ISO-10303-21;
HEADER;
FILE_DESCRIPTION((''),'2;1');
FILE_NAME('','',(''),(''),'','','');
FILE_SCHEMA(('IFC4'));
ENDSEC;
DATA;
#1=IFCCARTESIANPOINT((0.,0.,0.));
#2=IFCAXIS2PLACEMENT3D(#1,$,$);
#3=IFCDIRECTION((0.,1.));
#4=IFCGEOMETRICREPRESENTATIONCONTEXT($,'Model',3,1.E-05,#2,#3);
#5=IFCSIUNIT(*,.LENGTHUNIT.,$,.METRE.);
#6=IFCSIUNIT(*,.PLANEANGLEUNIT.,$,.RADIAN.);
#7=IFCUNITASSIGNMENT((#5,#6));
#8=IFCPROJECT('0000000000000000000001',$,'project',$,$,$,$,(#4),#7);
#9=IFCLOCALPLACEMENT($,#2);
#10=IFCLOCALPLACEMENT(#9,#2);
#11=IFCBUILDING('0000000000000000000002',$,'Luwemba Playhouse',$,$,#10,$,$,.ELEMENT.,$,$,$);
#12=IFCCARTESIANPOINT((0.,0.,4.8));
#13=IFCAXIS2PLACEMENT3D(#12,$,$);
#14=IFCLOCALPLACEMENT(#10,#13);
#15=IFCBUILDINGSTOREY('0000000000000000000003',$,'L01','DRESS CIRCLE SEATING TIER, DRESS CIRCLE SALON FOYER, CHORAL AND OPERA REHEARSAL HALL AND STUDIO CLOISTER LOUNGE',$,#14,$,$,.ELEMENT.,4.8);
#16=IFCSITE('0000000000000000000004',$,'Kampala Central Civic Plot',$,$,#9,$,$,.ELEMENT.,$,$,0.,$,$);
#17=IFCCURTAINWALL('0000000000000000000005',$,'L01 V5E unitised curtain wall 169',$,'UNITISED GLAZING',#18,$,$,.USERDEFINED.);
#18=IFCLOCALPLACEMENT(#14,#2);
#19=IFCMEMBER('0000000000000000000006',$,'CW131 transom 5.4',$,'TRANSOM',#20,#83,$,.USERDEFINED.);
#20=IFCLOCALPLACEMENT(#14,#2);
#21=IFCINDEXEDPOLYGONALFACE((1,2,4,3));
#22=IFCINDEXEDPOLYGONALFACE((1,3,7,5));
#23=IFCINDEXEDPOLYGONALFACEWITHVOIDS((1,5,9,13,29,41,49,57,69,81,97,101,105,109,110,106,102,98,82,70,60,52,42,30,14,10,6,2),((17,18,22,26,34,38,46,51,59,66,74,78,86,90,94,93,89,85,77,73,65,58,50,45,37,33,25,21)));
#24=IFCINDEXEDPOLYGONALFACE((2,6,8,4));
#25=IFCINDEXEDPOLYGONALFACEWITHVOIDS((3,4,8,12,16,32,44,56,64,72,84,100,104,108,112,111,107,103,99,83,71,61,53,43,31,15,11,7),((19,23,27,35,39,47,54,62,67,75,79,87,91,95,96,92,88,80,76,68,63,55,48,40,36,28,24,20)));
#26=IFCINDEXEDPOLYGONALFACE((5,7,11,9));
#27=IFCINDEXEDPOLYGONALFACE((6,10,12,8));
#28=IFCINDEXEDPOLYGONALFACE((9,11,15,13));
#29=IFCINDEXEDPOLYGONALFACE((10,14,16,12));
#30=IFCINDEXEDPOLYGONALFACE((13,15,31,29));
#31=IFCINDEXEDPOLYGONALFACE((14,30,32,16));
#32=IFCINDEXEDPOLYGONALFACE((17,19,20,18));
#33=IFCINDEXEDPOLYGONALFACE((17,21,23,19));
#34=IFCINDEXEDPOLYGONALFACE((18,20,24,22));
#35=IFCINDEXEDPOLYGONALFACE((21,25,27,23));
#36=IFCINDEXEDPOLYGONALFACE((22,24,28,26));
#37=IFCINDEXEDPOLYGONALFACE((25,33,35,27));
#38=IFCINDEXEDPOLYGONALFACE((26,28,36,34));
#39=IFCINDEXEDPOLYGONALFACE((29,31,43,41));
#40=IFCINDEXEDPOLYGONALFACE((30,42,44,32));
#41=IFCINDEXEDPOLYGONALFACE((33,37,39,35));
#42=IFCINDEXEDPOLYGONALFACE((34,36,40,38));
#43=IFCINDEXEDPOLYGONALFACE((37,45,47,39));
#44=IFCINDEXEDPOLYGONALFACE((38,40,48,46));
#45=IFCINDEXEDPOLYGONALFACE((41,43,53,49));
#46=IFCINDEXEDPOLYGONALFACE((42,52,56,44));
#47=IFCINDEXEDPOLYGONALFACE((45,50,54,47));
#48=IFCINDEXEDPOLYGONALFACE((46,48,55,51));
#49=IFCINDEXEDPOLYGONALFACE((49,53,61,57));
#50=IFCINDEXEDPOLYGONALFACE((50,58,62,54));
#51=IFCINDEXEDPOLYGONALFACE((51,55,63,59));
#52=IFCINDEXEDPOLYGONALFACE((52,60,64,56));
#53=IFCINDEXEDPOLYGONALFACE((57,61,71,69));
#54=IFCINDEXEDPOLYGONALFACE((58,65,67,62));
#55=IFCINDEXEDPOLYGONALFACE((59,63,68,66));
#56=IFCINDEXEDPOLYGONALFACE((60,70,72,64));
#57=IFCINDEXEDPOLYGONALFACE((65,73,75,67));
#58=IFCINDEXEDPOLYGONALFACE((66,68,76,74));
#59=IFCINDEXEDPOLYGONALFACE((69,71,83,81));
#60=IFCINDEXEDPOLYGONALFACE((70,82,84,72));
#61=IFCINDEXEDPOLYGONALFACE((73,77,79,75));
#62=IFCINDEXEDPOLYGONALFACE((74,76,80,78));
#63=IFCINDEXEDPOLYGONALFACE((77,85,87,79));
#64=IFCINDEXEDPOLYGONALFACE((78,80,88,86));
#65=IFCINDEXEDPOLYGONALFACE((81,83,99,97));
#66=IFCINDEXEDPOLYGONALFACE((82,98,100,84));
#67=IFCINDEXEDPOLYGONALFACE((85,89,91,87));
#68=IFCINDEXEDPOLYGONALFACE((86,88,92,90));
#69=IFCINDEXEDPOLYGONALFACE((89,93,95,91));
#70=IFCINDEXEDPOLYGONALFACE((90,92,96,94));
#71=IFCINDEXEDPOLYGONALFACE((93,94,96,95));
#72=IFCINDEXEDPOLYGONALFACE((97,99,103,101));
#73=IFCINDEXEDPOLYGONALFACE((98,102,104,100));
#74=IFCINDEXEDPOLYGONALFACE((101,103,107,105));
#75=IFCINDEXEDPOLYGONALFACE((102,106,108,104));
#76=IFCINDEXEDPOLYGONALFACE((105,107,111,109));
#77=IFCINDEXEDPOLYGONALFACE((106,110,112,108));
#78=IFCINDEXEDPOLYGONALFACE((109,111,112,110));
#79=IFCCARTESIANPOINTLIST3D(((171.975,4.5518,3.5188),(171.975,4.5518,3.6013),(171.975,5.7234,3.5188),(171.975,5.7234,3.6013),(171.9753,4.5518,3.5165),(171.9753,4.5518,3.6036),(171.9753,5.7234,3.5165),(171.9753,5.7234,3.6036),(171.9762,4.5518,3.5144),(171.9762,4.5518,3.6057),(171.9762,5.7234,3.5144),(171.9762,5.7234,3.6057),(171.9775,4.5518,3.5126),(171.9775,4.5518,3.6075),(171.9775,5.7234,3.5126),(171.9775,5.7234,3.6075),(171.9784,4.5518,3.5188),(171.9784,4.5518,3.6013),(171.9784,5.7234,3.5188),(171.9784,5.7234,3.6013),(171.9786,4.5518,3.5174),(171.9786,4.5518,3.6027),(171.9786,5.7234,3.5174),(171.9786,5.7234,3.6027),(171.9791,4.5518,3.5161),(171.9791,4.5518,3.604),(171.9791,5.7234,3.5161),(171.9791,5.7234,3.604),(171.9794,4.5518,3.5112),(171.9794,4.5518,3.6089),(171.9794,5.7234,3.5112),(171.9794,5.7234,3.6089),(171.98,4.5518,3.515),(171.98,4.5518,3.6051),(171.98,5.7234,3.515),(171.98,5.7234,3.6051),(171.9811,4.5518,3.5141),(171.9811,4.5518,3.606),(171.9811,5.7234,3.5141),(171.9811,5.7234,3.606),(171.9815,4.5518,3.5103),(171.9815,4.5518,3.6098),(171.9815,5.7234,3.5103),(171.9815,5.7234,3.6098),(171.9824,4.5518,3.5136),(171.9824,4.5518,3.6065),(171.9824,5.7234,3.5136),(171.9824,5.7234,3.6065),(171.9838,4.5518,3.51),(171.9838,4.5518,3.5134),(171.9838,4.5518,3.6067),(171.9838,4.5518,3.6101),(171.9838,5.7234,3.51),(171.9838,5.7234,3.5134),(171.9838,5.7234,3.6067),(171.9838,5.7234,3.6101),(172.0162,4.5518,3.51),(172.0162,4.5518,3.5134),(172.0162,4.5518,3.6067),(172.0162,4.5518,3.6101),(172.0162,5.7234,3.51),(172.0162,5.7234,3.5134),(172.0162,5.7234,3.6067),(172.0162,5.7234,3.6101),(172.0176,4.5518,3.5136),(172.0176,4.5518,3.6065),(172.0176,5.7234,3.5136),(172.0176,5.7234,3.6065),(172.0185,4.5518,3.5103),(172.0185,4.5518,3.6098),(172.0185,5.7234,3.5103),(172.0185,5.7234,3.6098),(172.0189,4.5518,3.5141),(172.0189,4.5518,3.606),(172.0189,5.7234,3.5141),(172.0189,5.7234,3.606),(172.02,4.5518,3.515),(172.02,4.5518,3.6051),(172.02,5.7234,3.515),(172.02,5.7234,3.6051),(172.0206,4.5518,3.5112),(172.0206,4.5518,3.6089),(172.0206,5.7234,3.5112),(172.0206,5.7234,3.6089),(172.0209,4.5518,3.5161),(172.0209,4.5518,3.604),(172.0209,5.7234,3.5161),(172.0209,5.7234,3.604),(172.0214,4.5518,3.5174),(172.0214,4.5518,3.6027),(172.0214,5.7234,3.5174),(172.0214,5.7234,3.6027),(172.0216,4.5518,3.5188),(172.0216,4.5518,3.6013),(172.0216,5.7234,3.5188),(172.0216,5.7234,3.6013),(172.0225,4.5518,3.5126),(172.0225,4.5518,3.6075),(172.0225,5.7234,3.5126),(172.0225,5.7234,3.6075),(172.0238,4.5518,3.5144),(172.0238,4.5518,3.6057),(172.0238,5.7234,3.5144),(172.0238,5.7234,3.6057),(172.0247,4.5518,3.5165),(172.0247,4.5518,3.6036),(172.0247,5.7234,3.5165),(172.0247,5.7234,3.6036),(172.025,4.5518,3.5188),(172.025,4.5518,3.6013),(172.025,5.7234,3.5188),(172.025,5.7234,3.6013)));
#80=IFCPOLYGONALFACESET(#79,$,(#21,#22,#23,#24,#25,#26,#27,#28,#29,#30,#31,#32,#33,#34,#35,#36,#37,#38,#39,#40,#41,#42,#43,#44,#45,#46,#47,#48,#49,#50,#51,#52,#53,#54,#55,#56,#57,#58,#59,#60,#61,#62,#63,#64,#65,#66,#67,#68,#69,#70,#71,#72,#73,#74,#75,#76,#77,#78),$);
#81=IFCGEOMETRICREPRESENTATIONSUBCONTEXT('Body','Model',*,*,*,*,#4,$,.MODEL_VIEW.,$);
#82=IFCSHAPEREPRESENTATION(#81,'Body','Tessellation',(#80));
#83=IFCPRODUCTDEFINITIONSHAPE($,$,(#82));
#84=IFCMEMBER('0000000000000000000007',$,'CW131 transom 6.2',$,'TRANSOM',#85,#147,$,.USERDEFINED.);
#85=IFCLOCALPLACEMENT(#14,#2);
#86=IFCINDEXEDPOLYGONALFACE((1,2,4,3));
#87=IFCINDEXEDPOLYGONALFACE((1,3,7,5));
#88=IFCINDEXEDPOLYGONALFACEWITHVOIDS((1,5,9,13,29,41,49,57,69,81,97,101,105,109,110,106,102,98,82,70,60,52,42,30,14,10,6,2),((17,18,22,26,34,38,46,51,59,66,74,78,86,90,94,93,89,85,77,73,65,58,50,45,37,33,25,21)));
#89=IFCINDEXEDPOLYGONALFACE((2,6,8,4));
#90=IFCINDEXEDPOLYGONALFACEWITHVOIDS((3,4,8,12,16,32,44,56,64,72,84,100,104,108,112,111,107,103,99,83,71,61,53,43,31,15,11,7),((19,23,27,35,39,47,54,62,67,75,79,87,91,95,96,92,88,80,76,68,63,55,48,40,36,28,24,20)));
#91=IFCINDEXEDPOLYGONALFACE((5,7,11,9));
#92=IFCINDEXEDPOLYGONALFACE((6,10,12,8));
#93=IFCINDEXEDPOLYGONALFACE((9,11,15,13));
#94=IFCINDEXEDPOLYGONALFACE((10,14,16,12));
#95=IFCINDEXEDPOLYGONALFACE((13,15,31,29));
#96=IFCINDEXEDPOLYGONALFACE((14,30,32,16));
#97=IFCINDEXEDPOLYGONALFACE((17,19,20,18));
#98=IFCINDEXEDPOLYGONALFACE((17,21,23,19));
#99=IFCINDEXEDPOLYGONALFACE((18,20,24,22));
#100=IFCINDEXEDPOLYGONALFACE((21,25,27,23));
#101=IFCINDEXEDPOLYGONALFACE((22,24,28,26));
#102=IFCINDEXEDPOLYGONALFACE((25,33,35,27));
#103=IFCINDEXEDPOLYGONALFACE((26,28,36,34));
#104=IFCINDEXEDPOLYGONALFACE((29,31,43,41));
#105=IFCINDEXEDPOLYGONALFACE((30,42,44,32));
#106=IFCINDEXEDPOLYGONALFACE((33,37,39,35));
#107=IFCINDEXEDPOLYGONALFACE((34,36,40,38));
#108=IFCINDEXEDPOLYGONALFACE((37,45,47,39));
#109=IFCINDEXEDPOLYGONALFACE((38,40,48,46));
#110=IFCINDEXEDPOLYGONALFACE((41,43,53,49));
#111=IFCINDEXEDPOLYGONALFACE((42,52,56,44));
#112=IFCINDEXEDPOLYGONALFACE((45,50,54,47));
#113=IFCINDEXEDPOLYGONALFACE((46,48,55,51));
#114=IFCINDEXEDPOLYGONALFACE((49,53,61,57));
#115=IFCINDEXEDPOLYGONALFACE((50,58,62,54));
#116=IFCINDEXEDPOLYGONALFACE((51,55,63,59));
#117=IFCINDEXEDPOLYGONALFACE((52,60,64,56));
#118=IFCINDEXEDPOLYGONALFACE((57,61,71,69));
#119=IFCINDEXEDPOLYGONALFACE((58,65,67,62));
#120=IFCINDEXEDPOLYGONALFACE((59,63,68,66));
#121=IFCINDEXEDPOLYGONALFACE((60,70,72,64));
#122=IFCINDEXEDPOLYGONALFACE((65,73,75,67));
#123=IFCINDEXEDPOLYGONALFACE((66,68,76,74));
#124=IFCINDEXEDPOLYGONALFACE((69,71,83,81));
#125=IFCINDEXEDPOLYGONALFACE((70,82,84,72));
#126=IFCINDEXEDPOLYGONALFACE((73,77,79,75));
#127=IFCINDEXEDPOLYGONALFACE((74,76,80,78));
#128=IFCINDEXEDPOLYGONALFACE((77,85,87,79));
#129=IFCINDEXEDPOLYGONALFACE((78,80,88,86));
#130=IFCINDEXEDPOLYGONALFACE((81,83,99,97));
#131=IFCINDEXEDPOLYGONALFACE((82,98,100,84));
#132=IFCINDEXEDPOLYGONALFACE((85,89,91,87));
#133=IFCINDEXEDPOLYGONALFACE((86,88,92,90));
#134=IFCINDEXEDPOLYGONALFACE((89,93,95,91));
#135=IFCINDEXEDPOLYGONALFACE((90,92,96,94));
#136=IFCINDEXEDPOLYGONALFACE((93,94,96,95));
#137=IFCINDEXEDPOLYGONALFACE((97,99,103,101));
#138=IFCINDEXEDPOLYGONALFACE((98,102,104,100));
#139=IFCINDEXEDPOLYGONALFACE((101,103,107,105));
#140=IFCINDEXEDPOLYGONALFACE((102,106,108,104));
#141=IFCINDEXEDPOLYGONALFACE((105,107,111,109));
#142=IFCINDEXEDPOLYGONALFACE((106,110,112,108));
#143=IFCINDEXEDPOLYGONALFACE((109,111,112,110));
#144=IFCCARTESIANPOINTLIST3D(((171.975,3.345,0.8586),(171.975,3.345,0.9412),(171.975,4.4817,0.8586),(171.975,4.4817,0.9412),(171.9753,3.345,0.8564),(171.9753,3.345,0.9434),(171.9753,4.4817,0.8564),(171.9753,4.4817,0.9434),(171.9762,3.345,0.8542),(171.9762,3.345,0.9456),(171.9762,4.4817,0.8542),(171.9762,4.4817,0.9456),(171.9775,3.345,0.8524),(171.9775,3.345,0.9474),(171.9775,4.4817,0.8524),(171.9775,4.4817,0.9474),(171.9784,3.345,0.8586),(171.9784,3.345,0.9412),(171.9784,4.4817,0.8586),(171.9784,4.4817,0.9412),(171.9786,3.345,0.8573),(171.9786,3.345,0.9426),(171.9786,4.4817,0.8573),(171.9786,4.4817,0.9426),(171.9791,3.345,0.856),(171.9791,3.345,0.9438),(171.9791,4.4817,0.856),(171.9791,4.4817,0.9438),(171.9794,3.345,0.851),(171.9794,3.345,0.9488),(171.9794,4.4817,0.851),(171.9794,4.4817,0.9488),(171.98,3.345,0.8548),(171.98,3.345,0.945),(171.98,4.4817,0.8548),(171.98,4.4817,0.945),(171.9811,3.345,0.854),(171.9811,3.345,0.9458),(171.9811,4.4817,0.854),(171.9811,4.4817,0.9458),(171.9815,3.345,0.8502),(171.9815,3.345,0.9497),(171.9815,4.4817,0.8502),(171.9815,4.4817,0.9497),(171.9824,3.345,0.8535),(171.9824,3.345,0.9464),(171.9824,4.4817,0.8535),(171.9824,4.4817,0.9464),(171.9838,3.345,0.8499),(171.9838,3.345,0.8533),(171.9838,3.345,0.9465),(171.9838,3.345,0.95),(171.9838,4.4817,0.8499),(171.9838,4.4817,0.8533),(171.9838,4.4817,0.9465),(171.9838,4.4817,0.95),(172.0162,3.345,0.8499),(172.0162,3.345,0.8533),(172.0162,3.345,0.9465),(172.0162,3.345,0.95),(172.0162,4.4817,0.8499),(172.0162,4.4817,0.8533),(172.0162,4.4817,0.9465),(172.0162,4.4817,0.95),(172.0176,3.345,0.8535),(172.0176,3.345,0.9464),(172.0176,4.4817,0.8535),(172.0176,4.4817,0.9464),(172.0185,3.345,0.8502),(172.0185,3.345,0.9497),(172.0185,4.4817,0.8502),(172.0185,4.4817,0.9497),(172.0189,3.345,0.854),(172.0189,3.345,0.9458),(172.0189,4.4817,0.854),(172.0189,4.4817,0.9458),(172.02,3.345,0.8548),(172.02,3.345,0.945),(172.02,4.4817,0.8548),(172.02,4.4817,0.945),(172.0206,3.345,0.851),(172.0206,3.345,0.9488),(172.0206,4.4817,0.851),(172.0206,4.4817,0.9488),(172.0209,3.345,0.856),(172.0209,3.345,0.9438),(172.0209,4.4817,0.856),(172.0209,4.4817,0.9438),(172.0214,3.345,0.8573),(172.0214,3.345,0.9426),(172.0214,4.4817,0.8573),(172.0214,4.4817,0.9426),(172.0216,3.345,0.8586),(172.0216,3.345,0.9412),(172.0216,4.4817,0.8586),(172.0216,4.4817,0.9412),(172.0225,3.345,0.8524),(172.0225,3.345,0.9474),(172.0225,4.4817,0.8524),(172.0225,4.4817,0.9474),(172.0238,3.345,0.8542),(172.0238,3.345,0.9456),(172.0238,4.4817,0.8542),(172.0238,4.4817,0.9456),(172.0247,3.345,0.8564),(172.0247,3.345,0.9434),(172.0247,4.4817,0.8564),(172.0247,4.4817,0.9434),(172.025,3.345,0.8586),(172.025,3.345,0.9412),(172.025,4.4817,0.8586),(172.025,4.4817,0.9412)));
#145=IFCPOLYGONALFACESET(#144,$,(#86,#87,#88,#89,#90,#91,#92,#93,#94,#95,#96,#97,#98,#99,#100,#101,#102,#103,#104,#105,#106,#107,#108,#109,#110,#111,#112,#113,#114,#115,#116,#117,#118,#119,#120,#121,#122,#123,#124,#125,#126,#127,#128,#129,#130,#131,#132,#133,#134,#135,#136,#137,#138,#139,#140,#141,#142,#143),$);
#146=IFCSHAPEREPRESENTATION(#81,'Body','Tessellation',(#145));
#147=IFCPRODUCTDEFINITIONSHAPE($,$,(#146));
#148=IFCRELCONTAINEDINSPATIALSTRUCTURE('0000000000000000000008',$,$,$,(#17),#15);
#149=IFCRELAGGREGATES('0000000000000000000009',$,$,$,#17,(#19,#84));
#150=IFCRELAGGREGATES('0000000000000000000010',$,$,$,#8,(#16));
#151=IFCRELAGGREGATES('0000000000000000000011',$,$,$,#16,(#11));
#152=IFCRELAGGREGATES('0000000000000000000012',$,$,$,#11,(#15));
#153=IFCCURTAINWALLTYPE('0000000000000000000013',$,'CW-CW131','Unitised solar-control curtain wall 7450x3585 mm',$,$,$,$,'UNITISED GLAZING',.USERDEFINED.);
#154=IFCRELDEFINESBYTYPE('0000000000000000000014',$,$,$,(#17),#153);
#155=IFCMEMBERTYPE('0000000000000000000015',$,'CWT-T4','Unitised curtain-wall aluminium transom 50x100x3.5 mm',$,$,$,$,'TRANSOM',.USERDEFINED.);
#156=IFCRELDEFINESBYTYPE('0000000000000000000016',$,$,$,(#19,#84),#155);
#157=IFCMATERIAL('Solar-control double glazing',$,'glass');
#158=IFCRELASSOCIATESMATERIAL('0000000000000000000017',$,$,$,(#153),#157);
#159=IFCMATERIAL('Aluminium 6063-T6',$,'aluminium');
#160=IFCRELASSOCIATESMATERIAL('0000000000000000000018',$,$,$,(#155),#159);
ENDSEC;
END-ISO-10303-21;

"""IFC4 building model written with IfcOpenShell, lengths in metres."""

from ifc_helpers import new_model, si_unit, direction, frame, origin, origin_2d, place, context, subcontext, project, spatial, hollow_rectangle, extrude, material, material_profile, profile_set, type_object, element, aggregate, save


model = new_model("IFC4")

# Units and contexts
model_context = context("Model", 3, precision=1e-05, world=origin(), true_north=direction((0.0, 1.0)))
body_context = subcontext(model_context, "Body", "Model", "MODEL_VIEW")
ifc_project = project(units=[si_unit("LENGTHUNIT", "METRE"), si_unit("PLANEANGLEUNIT", "RADIAN")], contexts=[model_context])

# Site, building, storey
site_placement = place(None, origin())
site = spatial("IfcSite", under=ifc_project, at=site_placement, Name="Kampala Central Civic Plot", CompositionType="ELEMENT", RefElevation=0.0)
building_placement = place(site_placement, origin())
building = spatial("IfcBuilding", under=site, at=building_placement, Name="Luwemba Playhouse", CompositionType="ELEMENT")
storey_placement = place(building_placement, frame((0.0, 0.0, 4.8)))
storey = spatial("IfcBuildingStorey", under=building, at=storey_placement, Name="L01", Description="DRESS CIRCLE SEATING TIER, DRESS CIRCLE SALON FOYER, CHORAL AND OPERA REHEARSAL HALL AND STUDIO CLOISTER LOUNGE", CompositionType="ELEMENT", Elevation=4.8)

# Curtain wall, members
ifc_material_1 = material(Name="Solar-control double glazing", Category="glass")
curtain_wall_type = type_object("IfcCurtainWallType", Name="CW-CW131", Description="Unitised solar-control curtain wall 7450x3585 mm", ElementType="UNITISED GLAZING", PredefinedType="USERDEFINED", material=ifc_material_1)
curtain_wall_placement = place(storey_placement, origin())
curtain_wall = element("IfcCurtainWall", 1, at=curtain_wall_placement, inside=storey, type_object=curtain_wall_type, Name="L01 V5E unitised curtain wall 169", ObjectType="UNITISED GLAZING", PredefinedType="USERDEFINED")
ifc_material_2 = material(Name="Aluminium 6063-T6", Category="aluminium")
ifc_material_profile_1 = material_profile(ifc_material_2, hollow_rectangle(XDim=0.05, YDim=0.1001, WallThickness=0.0034, InnerFilletRadius=0.0054, OuterFilletRadius=0.0088, at=origin_2d()))
ifc_profile_set_1 = profile_set([ifc_material_profile_1], Name="Aluminium 6063-T6")
member_type_1 = type_object("IfcMemberType", Name="CWT-T4", Description="Unitised curtain-wall aluminium transom 50x100x3.5 mm", ElementType="TRANSOM", PredefinedType="USERDEFINED", material=ifc_profile_set_1)
member_1_placement = place(storey_placement, frame((172.0, 5.7234, 3.5601), z_axis=(0.0, -1.0, 0.0), x_axis=(1.0, 0.0, 0.0)))
member_1 = element("IfcMember", 2, at=member_1_placement, type_object=member_type_1, Name="CW131 transom 5.4", ObjectType="TRANSOM", PredefinedType="USERDEFINED", context=body_context, shape_type="SweptSolid", body=[
    extrude(hollow_rectangle(XDim=0.05, YDim=0.1001, WallThickness=0.0034, InnerFilletRadius=0.0054, OuterFilletRadius=0.0088, at=origin_2d()), origin(), (0.0, 0.0, 1.0), 1.1716),
])
member_2_placement = place(storey_placement, frame((172.0, 4.4817, 0.8999), z_axis=(0.0, -1.0, 0.0), x_axis=(1.0, 0.0, 0.0)))
member_2 = element("IfcMember", 3, at=member_2_placement, type_object=member_type_1, Name="CW131 transom 6.2", ObjectType="TRANSOM", PredefinedType="USERDEFINED", context=body_context, shape_type="SweptSolid", body=[
    extrude(hollow_rectangle(XDim=0.05, YDim=0.1001, WallThickness=0.0034, InnerFilletRadius=0.0054, OuterFilletRadius=0.0088, at=origin_2d()), origin(), (0.0, 0.0, 1.0), 1.1367),
])
aggregate(curtain_wall, [member_1, member_2])

save(model, "model.ifc")
